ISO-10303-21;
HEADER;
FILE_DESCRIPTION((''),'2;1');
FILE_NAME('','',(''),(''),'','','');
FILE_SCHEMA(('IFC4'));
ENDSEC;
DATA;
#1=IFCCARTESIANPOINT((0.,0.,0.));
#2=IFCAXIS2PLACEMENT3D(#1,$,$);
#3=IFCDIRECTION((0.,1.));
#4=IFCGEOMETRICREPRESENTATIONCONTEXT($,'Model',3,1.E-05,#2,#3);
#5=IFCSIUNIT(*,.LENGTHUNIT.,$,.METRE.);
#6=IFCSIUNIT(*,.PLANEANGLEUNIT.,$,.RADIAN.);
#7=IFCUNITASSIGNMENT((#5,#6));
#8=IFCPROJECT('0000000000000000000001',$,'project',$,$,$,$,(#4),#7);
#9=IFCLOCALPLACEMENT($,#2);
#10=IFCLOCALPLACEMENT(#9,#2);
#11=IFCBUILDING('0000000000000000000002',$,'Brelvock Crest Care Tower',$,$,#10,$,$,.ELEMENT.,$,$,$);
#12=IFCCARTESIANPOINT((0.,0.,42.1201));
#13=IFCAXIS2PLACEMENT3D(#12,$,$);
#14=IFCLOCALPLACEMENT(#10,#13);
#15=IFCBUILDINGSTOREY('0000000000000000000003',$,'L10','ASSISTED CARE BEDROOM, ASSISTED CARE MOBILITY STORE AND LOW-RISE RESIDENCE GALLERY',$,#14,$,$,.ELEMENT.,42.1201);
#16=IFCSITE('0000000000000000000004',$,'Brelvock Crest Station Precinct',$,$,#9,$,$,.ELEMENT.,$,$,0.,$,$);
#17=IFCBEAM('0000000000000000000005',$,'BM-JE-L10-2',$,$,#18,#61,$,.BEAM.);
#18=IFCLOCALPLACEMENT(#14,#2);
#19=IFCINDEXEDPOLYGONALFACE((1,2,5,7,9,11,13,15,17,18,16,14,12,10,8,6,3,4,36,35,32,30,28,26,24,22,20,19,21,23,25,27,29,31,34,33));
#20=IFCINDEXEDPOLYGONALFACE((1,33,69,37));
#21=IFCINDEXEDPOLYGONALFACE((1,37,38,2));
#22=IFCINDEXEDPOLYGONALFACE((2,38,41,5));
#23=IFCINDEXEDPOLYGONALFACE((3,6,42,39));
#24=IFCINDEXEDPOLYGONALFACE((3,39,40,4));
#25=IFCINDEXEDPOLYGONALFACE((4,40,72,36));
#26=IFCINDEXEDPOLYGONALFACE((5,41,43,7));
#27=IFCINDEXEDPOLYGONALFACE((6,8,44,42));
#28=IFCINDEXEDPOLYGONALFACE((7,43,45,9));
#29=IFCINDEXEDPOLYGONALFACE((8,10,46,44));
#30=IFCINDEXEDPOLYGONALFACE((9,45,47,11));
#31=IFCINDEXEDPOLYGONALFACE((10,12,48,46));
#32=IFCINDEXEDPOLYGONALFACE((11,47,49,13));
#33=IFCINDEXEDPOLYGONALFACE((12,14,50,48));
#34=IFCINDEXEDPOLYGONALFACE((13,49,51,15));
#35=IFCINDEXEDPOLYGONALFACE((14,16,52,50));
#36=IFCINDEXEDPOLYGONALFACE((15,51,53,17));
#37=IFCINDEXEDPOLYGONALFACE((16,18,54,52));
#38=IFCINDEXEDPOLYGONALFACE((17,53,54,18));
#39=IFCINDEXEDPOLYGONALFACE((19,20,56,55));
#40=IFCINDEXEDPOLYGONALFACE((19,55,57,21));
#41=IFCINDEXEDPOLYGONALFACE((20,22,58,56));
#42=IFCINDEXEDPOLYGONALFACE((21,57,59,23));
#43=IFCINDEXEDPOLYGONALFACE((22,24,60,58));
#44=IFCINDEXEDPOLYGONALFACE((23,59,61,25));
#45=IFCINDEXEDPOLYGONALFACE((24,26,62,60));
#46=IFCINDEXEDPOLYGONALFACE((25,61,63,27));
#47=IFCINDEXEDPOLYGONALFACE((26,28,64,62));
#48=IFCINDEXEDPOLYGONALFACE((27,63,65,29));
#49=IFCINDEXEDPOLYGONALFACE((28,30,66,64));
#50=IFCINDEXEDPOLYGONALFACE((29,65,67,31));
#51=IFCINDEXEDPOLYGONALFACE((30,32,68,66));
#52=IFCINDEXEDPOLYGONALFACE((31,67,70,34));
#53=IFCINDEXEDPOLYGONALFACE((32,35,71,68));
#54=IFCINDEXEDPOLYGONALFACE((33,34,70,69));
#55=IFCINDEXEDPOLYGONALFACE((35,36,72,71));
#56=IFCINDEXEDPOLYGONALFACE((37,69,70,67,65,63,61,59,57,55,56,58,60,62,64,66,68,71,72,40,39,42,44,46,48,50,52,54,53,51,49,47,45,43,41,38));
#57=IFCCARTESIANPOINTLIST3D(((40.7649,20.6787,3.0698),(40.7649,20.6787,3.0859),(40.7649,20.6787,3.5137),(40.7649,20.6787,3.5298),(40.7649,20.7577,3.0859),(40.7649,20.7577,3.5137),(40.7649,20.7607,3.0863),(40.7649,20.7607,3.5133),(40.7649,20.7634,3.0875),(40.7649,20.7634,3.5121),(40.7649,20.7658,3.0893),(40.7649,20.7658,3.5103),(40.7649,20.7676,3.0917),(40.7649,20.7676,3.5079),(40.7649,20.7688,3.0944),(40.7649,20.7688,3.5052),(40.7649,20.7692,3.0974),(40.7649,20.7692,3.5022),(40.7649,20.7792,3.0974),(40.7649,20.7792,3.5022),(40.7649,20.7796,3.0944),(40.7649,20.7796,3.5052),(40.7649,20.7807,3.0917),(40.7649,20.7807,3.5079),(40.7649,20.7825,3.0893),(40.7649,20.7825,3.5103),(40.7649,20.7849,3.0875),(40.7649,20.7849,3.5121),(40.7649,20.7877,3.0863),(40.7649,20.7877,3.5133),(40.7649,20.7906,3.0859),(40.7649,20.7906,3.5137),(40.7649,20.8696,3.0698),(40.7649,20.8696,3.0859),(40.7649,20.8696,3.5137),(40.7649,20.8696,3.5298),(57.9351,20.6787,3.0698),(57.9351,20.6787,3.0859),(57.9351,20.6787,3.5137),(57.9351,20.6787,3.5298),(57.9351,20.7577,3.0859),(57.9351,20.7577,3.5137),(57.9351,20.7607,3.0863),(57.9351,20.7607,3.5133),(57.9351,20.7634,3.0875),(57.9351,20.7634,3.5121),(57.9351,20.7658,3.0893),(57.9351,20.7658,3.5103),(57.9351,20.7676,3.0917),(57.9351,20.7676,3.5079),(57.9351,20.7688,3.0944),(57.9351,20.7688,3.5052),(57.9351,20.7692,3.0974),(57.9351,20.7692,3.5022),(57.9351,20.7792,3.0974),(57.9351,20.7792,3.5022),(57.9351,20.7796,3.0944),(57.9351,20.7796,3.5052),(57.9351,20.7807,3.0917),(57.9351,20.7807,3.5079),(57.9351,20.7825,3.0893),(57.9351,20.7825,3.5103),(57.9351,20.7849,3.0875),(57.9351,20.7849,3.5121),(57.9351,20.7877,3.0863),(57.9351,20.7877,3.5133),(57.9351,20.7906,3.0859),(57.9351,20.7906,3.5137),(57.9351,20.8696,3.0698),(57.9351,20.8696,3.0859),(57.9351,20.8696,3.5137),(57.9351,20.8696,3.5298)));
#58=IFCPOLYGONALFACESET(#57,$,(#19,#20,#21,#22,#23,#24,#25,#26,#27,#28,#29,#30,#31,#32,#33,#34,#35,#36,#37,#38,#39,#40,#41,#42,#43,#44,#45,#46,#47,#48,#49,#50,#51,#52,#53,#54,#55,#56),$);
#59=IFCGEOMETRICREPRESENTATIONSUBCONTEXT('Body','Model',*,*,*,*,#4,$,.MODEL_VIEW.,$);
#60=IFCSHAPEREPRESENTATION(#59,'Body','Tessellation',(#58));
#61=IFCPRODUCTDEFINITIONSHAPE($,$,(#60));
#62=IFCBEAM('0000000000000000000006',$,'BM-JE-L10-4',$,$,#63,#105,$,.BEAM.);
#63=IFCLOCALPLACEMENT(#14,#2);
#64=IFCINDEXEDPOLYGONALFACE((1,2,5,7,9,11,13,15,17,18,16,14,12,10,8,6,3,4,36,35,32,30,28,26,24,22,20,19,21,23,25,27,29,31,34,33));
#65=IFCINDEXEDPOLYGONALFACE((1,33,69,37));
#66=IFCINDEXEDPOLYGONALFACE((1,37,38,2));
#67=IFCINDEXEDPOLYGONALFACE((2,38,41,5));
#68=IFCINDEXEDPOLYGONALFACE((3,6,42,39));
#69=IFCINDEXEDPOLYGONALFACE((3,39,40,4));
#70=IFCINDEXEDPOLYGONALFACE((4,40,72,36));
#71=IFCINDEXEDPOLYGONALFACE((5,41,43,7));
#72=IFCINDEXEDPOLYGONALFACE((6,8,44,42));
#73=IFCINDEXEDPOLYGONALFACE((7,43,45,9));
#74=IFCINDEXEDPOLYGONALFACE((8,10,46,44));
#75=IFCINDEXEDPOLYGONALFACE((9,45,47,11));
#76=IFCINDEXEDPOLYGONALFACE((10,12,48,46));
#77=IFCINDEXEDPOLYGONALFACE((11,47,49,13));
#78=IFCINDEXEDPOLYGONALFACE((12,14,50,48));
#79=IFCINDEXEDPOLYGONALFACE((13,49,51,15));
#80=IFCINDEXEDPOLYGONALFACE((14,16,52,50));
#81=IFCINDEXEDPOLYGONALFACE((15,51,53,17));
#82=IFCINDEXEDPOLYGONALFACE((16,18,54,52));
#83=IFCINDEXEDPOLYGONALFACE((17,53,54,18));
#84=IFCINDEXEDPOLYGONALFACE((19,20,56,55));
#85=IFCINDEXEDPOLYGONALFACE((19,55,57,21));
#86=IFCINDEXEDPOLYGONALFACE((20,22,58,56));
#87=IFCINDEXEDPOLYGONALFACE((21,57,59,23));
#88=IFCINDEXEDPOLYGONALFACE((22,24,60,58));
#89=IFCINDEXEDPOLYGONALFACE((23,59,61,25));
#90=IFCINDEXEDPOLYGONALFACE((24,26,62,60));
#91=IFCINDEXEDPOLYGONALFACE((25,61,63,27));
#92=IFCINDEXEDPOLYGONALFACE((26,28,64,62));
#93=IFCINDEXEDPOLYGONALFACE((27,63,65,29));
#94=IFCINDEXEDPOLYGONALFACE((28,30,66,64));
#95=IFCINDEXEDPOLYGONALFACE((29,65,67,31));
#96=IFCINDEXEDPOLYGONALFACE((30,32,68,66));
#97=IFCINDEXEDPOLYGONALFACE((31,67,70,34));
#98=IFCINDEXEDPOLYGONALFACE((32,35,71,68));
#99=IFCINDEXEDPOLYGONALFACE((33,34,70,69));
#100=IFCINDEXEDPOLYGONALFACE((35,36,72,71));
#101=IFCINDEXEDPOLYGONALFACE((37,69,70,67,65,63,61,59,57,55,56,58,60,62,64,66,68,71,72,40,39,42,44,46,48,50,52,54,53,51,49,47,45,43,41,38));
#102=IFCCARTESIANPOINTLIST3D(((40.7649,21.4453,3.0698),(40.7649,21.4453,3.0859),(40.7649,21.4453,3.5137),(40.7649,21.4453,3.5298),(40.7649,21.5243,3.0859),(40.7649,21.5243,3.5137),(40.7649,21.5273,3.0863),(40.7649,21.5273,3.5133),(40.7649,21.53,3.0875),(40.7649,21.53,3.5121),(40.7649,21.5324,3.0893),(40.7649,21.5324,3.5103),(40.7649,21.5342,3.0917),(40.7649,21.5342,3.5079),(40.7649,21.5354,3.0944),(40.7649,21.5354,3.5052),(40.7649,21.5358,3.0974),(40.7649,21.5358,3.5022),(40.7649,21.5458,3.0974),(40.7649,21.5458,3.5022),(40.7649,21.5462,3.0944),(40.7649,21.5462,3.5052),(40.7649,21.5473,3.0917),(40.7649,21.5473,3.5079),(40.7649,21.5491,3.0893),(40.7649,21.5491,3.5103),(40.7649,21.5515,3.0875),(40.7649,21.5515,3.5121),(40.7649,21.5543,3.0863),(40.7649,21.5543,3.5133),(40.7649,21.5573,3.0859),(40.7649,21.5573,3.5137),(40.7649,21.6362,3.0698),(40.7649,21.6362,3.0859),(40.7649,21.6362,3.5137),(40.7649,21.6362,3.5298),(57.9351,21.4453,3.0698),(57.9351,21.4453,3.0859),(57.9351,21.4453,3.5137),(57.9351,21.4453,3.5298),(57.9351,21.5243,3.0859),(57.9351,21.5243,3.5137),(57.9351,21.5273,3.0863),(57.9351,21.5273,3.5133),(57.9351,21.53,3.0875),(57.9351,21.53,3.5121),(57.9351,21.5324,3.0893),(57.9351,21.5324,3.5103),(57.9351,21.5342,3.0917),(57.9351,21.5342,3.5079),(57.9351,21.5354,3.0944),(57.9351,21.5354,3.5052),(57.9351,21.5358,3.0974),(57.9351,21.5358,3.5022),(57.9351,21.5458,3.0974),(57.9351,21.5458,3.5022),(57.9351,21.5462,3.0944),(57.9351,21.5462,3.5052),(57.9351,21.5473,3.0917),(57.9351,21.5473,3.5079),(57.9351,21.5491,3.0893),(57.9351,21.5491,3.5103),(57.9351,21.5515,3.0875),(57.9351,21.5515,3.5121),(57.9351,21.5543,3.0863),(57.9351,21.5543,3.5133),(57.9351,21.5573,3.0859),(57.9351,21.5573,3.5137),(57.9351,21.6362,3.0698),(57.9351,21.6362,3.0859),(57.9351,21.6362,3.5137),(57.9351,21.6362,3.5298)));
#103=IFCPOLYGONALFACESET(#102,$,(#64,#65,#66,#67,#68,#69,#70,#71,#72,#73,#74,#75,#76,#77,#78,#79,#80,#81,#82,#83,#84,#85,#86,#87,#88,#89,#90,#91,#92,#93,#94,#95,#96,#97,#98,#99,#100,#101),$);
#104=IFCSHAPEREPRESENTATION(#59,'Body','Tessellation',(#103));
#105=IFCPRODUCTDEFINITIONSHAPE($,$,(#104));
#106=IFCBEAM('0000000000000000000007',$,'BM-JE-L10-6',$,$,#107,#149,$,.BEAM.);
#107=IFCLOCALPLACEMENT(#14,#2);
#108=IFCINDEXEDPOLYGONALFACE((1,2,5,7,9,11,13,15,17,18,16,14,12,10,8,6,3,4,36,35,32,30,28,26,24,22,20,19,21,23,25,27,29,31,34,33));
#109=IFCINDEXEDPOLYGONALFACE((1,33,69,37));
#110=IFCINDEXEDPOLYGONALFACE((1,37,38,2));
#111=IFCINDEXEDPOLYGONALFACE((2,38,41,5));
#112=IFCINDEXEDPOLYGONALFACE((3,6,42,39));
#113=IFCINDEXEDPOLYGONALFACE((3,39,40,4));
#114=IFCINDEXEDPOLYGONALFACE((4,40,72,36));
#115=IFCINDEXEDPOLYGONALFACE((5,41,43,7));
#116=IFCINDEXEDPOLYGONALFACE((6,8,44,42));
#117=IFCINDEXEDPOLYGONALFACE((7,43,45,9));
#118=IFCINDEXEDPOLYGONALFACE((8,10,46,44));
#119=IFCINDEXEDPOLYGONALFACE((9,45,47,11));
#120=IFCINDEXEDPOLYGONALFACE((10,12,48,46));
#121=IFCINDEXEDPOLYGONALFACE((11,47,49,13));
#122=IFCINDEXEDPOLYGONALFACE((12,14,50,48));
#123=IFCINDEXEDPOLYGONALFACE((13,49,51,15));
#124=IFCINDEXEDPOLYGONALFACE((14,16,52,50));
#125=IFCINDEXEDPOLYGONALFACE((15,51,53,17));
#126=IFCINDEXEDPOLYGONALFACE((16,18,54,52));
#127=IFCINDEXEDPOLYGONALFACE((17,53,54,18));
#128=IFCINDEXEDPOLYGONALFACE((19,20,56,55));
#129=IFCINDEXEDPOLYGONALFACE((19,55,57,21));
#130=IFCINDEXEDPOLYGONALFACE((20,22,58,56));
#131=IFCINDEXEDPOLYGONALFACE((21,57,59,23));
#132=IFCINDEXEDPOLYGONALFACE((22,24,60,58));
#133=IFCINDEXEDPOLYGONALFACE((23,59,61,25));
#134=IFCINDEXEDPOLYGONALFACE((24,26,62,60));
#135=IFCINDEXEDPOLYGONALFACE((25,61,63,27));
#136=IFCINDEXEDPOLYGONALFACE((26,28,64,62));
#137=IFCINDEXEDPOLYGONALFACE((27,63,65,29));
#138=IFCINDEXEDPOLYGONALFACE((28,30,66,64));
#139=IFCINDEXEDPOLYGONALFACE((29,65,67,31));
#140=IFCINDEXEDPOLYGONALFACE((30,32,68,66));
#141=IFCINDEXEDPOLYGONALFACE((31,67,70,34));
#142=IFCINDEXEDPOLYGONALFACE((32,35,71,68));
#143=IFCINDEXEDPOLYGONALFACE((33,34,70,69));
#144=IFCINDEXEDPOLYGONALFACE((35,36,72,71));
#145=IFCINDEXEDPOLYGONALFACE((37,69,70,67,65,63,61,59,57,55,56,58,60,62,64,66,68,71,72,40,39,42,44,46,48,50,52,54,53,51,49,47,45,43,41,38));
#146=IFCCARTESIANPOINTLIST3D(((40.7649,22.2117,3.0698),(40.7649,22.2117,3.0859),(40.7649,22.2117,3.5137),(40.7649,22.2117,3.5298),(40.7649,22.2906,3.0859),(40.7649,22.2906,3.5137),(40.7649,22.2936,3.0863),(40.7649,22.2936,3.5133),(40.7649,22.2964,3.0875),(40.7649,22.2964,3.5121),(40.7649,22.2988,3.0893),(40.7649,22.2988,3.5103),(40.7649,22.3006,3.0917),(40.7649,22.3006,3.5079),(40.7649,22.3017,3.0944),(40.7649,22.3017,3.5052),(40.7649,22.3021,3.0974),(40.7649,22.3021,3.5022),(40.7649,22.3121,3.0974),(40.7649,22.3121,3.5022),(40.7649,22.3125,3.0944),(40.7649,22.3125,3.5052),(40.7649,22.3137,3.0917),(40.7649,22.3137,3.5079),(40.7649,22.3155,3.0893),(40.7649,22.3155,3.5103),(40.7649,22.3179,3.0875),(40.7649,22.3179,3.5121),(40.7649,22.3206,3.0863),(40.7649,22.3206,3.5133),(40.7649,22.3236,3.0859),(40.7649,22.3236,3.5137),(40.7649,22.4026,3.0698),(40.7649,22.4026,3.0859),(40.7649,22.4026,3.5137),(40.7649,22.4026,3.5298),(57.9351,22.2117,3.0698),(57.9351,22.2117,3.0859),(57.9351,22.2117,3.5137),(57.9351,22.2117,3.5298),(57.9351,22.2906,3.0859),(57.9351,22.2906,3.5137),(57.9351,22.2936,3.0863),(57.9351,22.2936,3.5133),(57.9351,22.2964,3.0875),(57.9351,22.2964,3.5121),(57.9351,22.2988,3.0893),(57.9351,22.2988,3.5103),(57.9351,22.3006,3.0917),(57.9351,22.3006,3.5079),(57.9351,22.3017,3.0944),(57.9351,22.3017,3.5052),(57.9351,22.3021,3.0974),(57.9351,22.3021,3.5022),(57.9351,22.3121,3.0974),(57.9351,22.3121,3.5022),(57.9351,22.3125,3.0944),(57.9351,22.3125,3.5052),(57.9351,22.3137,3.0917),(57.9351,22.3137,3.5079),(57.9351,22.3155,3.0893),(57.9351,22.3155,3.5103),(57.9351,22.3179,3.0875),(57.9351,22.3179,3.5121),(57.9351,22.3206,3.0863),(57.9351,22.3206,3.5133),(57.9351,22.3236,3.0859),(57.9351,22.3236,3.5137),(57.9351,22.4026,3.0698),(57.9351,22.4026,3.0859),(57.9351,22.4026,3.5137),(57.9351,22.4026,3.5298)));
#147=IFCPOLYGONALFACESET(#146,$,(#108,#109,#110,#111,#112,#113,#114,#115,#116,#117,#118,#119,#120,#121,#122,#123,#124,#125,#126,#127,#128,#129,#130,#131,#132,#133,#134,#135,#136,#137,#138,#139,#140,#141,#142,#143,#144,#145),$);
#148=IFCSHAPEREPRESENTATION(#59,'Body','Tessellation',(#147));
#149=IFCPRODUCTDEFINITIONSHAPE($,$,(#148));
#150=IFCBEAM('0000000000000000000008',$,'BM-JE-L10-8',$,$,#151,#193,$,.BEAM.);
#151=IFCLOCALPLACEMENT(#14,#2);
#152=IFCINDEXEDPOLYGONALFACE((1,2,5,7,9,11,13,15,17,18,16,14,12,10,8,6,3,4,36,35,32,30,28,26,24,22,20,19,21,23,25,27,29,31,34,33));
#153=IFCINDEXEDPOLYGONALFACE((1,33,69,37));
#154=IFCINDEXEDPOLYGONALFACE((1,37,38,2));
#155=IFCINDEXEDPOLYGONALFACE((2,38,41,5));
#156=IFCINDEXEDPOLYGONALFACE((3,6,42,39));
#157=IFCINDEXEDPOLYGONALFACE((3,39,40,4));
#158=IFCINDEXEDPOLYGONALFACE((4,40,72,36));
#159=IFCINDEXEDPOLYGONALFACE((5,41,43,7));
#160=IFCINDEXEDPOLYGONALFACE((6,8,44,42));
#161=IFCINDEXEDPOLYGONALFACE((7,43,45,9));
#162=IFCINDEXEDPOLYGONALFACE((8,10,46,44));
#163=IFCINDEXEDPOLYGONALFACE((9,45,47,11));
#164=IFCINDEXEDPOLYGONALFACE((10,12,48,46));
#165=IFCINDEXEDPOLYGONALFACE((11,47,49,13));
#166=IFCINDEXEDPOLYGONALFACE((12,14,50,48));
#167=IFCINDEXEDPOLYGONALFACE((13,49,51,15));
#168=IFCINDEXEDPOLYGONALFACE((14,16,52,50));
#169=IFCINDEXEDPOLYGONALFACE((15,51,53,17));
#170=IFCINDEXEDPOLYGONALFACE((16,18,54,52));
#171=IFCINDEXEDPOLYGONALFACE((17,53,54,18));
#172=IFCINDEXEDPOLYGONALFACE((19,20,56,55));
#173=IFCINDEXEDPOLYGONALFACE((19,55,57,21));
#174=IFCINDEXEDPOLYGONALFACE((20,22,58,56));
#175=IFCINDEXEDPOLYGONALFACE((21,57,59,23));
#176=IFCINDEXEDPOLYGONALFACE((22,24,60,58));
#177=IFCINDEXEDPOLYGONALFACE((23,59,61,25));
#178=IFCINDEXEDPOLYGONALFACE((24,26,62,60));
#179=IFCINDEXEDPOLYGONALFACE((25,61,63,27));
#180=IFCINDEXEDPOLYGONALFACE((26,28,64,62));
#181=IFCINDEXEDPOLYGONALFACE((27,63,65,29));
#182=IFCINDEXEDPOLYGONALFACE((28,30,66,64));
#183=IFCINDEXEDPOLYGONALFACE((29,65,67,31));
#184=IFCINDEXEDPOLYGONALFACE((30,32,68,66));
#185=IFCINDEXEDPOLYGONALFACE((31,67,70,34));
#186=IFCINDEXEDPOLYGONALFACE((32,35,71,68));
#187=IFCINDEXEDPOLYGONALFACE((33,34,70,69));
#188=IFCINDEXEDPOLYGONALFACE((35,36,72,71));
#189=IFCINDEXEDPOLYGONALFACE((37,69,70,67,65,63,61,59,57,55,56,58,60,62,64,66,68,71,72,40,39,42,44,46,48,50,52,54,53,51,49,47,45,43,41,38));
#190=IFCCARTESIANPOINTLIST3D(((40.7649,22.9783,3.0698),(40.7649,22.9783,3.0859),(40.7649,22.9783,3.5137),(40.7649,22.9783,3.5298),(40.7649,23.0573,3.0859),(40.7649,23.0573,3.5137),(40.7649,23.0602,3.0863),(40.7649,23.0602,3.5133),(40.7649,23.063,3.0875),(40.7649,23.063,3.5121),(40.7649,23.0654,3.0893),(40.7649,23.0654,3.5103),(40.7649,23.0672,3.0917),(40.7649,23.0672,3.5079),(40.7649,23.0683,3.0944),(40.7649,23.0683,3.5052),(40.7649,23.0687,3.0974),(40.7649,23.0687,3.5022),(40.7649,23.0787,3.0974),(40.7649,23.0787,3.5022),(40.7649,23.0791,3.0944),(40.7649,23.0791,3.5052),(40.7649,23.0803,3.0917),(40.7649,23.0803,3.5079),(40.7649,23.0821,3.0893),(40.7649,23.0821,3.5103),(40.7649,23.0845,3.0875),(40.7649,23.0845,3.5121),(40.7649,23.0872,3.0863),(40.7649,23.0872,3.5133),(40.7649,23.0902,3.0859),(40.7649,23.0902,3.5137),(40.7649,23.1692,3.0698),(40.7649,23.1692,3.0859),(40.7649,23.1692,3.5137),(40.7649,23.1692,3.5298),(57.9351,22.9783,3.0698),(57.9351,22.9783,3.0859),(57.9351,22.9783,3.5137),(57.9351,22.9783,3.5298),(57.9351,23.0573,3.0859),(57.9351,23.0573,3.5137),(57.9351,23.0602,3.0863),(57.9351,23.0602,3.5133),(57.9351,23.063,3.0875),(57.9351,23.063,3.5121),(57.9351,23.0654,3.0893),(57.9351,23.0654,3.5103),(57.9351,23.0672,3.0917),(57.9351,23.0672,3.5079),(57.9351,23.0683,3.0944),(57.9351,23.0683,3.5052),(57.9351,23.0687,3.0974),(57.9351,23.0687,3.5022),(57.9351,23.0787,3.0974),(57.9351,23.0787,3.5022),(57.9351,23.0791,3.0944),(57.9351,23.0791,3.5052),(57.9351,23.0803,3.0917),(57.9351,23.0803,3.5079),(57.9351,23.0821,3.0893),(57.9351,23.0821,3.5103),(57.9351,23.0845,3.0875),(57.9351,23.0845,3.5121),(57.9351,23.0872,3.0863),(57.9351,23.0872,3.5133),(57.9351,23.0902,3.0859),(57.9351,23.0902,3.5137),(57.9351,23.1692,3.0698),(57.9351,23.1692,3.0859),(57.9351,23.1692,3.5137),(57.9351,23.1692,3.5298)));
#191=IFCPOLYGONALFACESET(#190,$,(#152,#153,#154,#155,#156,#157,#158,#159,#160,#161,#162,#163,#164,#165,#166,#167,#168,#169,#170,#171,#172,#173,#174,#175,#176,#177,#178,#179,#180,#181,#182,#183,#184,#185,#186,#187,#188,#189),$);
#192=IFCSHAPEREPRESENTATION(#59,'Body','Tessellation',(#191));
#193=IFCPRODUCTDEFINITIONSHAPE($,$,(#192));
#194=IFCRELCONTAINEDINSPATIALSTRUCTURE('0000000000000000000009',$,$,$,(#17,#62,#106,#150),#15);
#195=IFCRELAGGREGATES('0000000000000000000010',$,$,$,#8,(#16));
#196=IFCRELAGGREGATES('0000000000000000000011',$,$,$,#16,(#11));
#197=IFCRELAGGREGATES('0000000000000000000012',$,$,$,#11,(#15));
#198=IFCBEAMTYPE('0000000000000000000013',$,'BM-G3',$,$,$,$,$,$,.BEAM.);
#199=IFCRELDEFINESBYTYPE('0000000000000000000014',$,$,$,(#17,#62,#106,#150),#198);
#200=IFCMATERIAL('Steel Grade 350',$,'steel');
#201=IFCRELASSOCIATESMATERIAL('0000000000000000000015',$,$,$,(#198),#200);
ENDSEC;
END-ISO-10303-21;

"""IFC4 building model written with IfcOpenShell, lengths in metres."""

from ifc_helpers import new_model, si_unit, direction, frame, origin, origin_2d, place, context, subcontext, project, spatial, i_section, extrude, source, transform, mapped, material, material_profile, profile_set, type_object, element, save


model = new_model("IFC4")

# Units and contexts
model_context = context("Model", 3, precision=1e-05, world=origin(), true_north=direction((0.0, 1.0)))
body_context = subcontext(model_context, "Body", "Model", "MODEL_VIEW")
ifc_project = project(units=[si_unit("LENGTHUNIT", "METRE"), si_unit("PLANEANGLEUNIT", "RADIAN")], contexts=[model_context])

# Site, building, storey
site_placement = place(None, origin())
site = spatial("IfcSite", under=ifc_project, at=site_placement, Name="Brelvock Crest Station Precinct", CompositionType="ELEMENT", RefElevation=0.0)
building_placement = place(site_placement, origin())
building = spatial("IfcBuilding", under=site, at=building_placement, Name="Brelvock Crest Care Tower", CompositionType="ELEMENT")
storey_placement = place(building_placement, frame((0.0, 0.0, 42.1201)))
storey = spatial("IfcBuildingStorey", under=building, at=storey_placement, Name="L10", Description="ASSISTED CARE BEDROOM, ASSISTED CARE MOBILITY STORE AND LOW-RISE RESIDENCE GALLERY", CompositionType="ELEMENT", Elevation=42.1201)

# Beams
ifc_material_1 = material(Name="Steel Grade 350", Category="steel")
ifc_material_profile_1 = material_profile(ifc_material_1, i_section(OverallWidth=0.1909, OverallDepth=0.46, WebThickness=0.01, FlangeThickness=0.0161, FilletRadius=0.0115, at=origin_2d()), Name="460UB82.1")
ifc_profile_set_1 = profile_set([ifc_material_profile_1], Name="Steel Grade 350")
beam_type_1 = type_object("IfcBeamType", Name="BM-G3", PredefinedType="BEAM", material=ifc_profile_set_1)
shared_shape_1 = source(origin(), body_context, "Body", "SweptSolid", [
    extrude(i_section(OverallWidth=0.1909, OverallDepth=0.46, WebThickness=0.01, FlangeThickness=0.0161, FilletRadius=0.0115, at=origin_2d()), origin(), (0.0, 0.0, 1.0), 17.1702),
])
for number, where, z_axis, x_axis, name in (
    (1, (40.7649, 20.7742, 3.2998), (1.0, 0.0, 0.0), (0.0, 1.0, 0.0), "BM-JE-L10-2"),
    (2, (40.7649, 21.5408, 3.2998), (1.0, 0.0, 0.0), (0.0, 1.0, 0.0), "BM-JE-L10-4"),
    (3, (40.7649, 22.3071, 3.2998), (1.0, 0.0, 0.0), (0.0, 1.0, 0.0), "BM-JE-L10-6"),
    (4, (40.7649, 23.0737, 3.2998), (1.0, 0.0, 0.0), (0.0, 1.0, 0.0), "BM-JE-L10-8"),
):
    element("IfcBeam", number, at=place(storey_placement, frame(where, z_axis=z_axis, x_axis=x_axis)), inside=storey, type_object=beam_type_1, Name=name, PredefinedType="BEAM", context=body_context, shape_type="MappedRepresentation", body=[
        mapped(shared_shape_1, transform((0.0, 0.0, 0.0), x_axis=(1.0, 0.0, 0.0), y_axis=(0.0, 1.0, 0.0), z_axis=(0.0, 0.0, 1.0), scale=1.0)),
    ])

save(model, "model.ifc")
